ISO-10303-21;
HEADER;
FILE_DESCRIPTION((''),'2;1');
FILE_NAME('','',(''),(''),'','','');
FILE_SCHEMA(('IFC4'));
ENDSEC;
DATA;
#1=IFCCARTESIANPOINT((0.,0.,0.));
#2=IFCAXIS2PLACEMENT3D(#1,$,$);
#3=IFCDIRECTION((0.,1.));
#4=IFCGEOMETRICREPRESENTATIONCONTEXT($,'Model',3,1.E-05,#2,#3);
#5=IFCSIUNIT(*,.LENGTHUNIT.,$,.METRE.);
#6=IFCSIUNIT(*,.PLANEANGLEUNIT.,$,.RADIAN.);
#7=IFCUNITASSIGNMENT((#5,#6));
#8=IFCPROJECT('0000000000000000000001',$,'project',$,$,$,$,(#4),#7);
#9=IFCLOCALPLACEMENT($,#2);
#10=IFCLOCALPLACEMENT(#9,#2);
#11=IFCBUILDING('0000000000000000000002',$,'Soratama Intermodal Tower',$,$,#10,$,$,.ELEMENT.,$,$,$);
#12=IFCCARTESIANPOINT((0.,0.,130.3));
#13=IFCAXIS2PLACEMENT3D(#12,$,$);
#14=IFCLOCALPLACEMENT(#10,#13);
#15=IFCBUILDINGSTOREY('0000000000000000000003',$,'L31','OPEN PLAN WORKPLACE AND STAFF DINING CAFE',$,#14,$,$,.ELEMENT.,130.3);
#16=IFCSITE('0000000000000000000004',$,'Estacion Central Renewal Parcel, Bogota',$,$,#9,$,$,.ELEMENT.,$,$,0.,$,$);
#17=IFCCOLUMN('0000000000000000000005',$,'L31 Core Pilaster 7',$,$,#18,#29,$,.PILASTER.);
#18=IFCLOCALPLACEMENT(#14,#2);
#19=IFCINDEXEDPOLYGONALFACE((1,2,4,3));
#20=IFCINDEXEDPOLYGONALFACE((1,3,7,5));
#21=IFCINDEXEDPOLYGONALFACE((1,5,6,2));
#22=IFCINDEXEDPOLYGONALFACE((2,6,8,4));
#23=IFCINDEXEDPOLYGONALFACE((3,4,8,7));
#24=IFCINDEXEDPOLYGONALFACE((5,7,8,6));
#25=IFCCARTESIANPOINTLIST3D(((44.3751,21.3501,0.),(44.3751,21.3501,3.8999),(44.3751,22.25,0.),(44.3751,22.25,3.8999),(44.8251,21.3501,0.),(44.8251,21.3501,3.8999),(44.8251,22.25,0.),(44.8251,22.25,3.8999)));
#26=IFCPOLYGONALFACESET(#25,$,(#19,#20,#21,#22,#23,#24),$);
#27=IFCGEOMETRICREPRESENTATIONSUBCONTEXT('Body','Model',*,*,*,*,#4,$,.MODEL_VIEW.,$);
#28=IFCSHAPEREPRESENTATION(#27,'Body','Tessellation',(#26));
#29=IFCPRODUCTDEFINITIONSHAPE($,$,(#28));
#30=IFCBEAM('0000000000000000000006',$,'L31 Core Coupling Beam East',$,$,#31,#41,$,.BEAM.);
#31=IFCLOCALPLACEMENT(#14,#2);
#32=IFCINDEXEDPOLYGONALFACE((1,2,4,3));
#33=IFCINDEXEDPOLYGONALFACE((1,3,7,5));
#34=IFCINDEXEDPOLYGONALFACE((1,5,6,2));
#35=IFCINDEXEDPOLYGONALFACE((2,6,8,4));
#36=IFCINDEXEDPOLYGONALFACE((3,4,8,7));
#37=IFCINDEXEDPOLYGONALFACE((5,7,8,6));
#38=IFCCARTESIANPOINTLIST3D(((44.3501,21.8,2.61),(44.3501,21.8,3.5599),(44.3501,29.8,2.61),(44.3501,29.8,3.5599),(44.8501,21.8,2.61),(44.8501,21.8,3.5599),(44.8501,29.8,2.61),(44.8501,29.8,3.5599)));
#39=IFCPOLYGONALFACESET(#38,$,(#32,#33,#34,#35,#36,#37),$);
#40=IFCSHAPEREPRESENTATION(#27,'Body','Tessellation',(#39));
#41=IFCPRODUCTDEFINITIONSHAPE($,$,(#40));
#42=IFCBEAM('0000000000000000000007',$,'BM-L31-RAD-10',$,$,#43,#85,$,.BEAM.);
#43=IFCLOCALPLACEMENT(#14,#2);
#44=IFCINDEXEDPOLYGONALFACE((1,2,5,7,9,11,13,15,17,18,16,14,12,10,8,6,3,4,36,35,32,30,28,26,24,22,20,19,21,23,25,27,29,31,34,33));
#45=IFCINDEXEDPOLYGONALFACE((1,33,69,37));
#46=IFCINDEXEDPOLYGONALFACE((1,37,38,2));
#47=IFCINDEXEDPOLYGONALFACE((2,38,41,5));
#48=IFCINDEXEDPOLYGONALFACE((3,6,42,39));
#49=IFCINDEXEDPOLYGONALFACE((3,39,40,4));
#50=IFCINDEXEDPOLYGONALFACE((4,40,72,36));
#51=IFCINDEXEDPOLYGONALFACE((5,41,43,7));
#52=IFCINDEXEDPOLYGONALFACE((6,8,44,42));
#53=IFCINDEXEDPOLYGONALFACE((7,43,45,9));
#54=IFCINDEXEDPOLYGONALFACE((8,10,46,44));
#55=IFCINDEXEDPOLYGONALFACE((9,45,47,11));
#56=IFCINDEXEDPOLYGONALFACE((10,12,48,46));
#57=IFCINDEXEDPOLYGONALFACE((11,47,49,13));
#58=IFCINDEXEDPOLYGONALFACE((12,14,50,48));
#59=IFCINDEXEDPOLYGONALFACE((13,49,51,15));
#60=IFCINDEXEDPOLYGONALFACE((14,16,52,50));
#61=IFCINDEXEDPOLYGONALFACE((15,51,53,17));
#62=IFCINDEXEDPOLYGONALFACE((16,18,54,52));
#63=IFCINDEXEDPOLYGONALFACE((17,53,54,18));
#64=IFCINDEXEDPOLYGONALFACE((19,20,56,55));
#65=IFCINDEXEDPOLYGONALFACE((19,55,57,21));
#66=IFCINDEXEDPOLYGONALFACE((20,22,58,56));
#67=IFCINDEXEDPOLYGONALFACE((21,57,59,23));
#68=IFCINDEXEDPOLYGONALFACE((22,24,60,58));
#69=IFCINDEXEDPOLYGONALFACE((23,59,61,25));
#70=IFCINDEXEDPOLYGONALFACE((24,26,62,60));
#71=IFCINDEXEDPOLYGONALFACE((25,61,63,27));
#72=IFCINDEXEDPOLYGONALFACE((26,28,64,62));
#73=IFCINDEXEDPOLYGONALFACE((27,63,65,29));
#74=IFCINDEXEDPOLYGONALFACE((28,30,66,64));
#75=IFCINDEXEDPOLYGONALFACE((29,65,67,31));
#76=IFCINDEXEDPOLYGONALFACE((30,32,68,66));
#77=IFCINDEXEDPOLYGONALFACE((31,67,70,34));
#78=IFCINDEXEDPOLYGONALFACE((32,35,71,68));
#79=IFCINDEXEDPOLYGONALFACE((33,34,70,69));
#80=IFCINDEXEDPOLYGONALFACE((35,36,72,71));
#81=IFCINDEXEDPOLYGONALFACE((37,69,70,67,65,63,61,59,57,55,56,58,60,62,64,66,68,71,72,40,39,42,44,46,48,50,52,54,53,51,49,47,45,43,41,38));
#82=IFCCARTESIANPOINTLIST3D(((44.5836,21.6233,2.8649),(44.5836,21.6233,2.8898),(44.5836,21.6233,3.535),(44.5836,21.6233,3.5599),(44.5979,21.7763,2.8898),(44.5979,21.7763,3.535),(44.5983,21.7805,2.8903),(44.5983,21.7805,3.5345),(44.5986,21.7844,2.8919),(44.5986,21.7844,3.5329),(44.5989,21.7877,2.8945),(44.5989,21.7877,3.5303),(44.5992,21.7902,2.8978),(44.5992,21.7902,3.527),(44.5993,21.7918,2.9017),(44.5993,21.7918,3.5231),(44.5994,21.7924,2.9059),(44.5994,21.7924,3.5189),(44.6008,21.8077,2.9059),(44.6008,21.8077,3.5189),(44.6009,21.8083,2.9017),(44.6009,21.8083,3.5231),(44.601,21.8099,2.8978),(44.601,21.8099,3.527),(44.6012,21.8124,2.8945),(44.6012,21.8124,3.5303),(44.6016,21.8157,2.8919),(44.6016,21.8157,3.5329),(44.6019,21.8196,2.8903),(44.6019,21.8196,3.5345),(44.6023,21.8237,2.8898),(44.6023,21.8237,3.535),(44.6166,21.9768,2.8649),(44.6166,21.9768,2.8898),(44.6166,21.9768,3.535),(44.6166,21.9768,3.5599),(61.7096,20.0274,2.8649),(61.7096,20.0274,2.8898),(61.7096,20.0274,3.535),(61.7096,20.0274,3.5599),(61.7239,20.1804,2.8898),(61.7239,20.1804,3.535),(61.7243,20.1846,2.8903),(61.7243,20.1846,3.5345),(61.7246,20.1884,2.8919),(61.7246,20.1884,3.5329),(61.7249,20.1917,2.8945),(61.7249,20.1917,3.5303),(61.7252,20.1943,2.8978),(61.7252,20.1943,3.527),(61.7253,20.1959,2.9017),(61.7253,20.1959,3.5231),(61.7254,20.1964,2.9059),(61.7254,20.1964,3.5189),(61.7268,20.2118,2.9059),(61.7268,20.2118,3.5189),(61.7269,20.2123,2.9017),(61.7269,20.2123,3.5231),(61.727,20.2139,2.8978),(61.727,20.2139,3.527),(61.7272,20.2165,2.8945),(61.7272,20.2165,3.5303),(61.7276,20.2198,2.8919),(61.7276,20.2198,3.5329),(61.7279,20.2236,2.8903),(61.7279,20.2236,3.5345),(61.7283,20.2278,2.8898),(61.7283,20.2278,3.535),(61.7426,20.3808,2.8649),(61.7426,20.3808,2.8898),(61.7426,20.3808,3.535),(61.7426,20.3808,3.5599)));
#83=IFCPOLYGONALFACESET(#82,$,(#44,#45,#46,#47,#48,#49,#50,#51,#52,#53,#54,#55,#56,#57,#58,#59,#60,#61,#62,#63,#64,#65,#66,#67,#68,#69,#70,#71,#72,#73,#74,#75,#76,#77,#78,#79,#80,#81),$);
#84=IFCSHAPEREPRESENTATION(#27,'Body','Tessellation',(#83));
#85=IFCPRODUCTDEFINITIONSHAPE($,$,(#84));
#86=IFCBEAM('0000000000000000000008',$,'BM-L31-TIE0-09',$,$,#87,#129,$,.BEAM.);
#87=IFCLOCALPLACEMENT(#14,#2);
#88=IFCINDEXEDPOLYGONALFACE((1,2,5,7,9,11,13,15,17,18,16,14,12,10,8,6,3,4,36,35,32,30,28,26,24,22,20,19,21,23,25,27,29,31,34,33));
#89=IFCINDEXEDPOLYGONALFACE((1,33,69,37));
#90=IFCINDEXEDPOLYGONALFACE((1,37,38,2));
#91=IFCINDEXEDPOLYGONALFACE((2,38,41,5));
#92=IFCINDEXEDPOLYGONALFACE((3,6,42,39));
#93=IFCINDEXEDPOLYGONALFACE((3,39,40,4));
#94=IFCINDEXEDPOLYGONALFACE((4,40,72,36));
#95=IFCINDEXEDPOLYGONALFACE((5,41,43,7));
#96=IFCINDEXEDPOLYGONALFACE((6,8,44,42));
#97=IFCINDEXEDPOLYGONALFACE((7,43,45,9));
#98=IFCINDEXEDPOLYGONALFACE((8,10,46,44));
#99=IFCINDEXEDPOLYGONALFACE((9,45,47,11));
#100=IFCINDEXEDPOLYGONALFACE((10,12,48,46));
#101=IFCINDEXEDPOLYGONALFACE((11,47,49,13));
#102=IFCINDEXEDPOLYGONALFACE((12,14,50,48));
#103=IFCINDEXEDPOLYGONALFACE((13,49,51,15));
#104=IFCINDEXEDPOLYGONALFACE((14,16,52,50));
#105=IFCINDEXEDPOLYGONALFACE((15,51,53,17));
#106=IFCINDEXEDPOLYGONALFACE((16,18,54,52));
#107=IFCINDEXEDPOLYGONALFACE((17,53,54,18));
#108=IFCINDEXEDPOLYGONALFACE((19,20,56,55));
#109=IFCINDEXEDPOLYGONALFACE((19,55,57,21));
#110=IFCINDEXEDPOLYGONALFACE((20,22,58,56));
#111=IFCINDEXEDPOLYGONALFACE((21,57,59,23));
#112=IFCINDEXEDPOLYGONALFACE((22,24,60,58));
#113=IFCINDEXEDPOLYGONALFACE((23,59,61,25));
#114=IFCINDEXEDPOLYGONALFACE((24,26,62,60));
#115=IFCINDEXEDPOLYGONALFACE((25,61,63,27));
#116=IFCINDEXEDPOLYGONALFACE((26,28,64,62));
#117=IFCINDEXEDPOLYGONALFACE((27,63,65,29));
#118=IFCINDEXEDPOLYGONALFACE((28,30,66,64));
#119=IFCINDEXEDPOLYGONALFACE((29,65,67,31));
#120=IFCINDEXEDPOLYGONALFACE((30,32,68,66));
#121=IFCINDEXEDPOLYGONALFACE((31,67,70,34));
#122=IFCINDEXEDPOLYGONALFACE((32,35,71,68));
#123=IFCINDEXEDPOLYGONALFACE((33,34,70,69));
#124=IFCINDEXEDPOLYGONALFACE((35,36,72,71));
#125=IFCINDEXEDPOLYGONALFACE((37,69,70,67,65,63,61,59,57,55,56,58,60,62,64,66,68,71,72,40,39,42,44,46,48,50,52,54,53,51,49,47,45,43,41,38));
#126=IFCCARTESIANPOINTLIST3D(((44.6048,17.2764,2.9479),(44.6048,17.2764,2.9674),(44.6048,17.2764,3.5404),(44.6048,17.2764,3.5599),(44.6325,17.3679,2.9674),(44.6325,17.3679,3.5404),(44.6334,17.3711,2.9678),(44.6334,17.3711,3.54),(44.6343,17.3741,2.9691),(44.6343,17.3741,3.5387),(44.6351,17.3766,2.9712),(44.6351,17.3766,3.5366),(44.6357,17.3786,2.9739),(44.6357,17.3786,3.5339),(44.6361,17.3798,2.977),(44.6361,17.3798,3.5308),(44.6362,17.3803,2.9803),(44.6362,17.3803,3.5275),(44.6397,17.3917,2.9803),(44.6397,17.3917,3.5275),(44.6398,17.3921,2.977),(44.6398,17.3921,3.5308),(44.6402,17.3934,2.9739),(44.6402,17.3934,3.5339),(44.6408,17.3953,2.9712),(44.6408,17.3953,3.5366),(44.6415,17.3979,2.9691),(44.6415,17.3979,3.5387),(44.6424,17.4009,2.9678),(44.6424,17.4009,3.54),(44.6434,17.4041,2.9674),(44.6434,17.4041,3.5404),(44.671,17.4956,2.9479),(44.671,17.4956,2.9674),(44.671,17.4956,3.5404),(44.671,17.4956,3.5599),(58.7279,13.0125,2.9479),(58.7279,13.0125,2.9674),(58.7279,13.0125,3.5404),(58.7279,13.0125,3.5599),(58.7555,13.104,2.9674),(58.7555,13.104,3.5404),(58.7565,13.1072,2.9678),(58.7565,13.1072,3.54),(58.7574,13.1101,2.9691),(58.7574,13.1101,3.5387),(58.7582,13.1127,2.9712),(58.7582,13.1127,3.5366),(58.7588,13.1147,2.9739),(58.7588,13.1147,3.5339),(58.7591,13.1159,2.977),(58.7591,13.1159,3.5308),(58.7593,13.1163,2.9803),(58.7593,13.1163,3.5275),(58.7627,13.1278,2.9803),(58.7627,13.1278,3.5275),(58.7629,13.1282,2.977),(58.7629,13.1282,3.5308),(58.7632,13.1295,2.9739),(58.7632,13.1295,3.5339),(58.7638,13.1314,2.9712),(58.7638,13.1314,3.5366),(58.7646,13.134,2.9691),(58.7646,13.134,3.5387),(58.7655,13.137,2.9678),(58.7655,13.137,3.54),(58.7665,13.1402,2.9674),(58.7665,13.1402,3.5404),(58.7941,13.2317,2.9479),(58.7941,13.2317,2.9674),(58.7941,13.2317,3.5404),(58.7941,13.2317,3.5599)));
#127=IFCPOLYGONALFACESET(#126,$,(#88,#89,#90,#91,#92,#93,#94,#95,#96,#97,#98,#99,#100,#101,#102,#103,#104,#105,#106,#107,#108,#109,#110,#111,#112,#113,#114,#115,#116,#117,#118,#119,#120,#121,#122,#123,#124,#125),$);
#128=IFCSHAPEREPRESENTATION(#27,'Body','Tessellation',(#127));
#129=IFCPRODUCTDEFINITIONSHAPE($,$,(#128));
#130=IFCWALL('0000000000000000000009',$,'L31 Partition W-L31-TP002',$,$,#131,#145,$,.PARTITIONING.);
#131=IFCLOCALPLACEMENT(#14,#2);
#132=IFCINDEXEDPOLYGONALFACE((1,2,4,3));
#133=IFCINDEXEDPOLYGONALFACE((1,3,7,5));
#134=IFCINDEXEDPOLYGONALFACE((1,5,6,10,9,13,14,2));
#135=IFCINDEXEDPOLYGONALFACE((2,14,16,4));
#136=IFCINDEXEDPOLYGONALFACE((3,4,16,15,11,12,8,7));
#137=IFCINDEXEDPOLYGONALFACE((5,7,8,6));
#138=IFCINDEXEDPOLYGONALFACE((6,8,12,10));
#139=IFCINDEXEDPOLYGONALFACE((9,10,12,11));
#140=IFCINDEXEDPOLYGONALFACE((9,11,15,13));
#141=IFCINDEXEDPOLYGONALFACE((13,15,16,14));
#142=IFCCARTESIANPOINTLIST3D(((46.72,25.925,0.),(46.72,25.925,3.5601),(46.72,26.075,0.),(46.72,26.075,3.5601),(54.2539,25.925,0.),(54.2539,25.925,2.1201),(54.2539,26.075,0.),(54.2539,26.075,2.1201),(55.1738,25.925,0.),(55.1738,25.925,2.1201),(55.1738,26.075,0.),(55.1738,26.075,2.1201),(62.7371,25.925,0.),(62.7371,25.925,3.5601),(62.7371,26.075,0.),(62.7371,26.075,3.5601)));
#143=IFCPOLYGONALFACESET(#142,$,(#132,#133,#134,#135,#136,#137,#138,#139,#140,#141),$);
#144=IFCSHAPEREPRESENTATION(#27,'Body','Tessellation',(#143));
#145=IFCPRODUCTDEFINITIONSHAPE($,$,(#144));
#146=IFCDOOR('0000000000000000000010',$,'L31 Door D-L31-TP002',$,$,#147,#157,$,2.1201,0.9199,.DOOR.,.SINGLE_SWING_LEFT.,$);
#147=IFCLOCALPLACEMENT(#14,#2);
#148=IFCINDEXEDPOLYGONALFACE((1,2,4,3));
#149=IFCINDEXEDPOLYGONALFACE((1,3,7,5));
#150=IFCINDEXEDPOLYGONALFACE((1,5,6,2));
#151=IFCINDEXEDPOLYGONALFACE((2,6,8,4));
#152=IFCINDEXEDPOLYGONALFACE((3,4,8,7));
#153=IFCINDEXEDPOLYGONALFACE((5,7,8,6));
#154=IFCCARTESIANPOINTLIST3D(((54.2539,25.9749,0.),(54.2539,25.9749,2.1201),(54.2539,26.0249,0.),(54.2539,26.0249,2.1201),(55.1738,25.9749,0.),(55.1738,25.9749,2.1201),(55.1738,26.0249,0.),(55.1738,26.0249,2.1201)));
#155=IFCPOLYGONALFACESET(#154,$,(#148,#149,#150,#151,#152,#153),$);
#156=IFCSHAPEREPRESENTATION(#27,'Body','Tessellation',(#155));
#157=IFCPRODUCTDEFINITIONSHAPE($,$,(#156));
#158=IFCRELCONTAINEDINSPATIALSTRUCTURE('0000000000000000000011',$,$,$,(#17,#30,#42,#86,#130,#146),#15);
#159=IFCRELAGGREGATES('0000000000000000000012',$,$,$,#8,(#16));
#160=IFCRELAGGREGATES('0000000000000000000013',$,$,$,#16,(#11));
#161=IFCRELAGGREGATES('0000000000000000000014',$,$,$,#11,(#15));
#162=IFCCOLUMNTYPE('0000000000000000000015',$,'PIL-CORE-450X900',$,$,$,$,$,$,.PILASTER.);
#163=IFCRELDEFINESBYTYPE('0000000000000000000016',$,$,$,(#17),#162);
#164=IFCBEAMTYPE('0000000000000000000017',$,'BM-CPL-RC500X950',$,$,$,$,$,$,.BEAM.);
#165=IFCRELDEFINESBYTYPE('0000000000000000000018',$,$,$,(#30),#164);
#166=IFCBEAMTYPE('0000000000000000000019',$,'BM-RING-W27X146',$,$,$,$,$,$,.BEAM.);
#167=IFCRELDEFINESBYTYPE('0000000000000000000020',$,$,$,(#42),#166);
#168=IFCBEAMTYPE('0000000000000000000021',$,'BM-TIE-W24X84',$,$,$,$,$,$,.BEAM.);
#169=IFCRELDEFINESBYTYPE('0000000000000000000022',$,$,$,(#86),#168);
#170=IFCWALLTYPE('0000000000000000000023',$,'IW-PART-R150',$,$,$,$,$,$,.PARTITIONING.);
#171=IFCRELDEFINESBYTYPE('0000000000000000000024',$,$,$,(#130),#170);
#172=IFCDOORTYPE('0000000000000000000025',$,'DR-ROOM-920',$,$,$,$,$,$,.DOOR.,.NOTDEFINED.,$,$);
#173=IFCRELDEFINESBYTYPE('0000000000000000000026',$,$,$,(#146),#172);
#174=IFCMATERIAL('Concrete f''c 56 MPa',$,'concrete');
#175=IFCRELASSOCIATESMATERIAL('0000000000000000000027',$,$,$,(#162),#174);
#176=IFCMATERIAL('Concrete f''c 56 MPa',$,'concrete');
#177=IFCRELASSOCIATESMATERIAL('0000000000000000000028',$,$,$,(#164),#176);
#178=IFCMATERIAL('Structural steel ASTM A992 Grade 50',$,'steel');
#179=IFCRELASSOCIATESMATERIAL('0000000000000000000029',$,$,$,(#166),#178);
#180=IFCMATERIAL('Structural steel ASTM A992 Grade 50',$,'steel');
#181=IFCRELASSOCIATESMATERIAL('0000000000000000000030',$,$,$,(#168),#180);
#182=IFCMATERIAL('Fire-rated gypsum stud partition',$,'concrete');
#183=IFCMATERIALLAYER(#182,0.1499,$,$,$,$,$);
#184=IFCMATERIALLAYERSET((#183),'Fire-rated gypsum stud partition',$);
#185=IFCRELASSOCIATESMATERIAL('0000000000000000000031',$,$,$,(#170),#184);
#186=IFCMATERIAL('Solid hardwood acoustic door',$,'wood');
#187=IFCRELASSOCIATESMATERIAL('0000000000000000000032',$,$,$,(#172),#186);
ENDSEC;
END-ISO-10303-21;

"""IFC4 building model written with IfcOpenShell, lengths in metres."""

from ifc_helpers import new_model, si_unit, direction, frame, frame_2d, origin, origin_2d, place, context, subcontext, project, spatial, rectangle, i_section, extrude, material, layer, layer_set, material_profile, profile_set, type_object, element, fill, save


model = new_model("IFC4")

# Units and contexts
model_context = context("Model", 3, precision=1e-05, world=origin(), true_north=direction((0.0, 1.0)))
body_context = subcontext(model_context, "Body", "Model", "MODEL_VIEW")
ifc_project = project(units=[si_unit("LENGTHUNIT", "METRE"), si_unit("PLANEANGLEUNIT", "RADIAN")], contexts=[model_context])

# Site, building, storey
site_placement = place(None, origin())
site = spatial("IfcSite", under=ifc_project, at=site_placement, Name="Estacion Central Renewal Parcel, Bogota", CompositionType="ELEMENT", RefElevation=0.0)
building_placement = place(site_placement, origin())
building = spatial("IfcBuilding", under=site, at=building_placement, Name="Soratama Intermodal Tower", CompositionType="ELEMENT")
storey_placement = place(building_placement, frame((0.0, 0.0, 130.3)))
storey = spatial("IfcBuildingStorey", under=building, at=storey_placement, Name="L31", Description="OPEN PLAN WORKPLACE AND STAFF DINING CAFE", CompositionType="ELEMENT", Elevation=130.3)

# Column
ifc_material_1 = material(Name="Concrete f'c 56 MPa", Category="concrete")
ifc_material_profile_1 = material_profile(ifc_material_1, rectangle(XDim=0.45, YDim=0.8999, at=origin_2d()), Name="RC450X900")
ifc_profile_set_1 = profile_set([ifc_material_profile_1], Name="Concrete f'c 56 MPa")
column_type = type_object("IfcColumnType", Name="PIL-CORE-450X900", PredefinedType="PILASTER", material=ifc_profile_set_1)
column_placement = place(storey_placement, frame((44.6001, 21.8, 0.0), z_axis=(0.0, 0.0, 1.0), x_axis=(1.0, 0.0, 0.0)))
element("IfcColumn", 1, at=column_placement, inside=storey, type_object=column_type, Name="L31 Core Pilaster 7", PredefinedType="PILASTER", context=body_context, shape_type="SweptSolid", body=[
    extrude(rectangle(XDim=0.45, YDim=0.8999, at=origin_2d()), origin(), (0.0, 0.0, 1.0), 3.8999),
])

# Beams
ifc_material_2 = material(Name="Concrete f'c 56 MPa", Category="concrete")
ifc_material_profile_2 = material_profile(ifc_material_2, rectangle(XDim=0.5, YDim=0.95, at=origin_2d()), Name="RC500X950")
ifc_profile_set_2 = profile_set([ifc_material_profile_2], Name="Concrete f'c 56 MPa")
beam_type_1 = type_object("IfcBeamType", Name="BM-CPL-RC500X950", PredefinedType="BEAM", material=ifc_profile_set_2)
beam_1_placement = place(storey_placement, frame((44.6001, 21.8, 3.085), z_axis=(0.0, 1.0, 0.0), x_axis=(-1.0, 0.0, 0.0)))
element("IfcBeam", 2, at=beam_1_placement, inside=storey, type_object=beam_type_1, Name="L31 Core Coupling Beam East", PredefinedType="BEAM", context=body_context, shape_type="SweptSolid", body=[
    extrude(rectangle(XDim=0.5, YDim=0.95, at=origin_2d()), origin(), (0.0, 0.0, 1.0), 8.0),
])
ifc_material_3 = material(Name="Structural steel ASTM A992 Grade 50", Category="steel")
ifc_material_profile_3 = material_profile(ifc_material_3, i_section(OverallWidth=0.355, OverallDepth=0.6951, WebThickness=0.0154, FlangeThickness=0.0249, FilletRadius=0.0161, at=origin_2d()), Name="W27X146")
ifc_profile_set_3 = profile_set([ifc_material_profile_3], Name="Structural steel ASTM A992 Grade 50")
beam_type_2 = type_object("IfcBeamType", Name="BM-RING-W27X146", PredefinedType="BEAM", material=ifc_profile_set_3)
beam_2_placement = place(storey_placement, frame((44.6001, 21.8, 3.2124), z_axis=(0.995686, -0.092787, 0.0), x_axis=(0.092787, 0.995686, 0.0)))
element("IfcBeam", 3, at=beam_2_placement, inside=storey, type_object=beam_type_2, Name="BM-L31-RAD-10", PredefinedType="BEAM", context=body_context, shape_type="SweptSolid", body=[
    extrude(i_section(OverallWidth=0.355, OverallDepth=0.6951, WebThickness=0.0154, FlangeThickness=0.0249, FilletRadius=0.0161, at=origin_2d()), origin(), (0.0, 0.0, 1.0), 17.2002),
])
ifc_material_4 = material(Name="Structural steel ASTM A992 Grade 50", Category="steel")
ifc_material_profile_4 = material_profile(ifc_material_4, i_section(OverallWidth=0.229, OverallDepth=0.6121, WebThickness=0.012, FlangeThickness=0.0195, FilletRadius=0.0129, at=origin_2d()), Name="W24X84")
ifc_profile_set_4 = profile_set([ifc_material_profile_4], Name="Structural steel ASTM A992 Grade 50")
beam_type_3 = type_object("IfcBeamType", Name="BM-TIE-W24X84", PredefinedType="BEAM", material=ifc_profile_set_4)
beam_3_placement = place(storey_placement, frame((44.6379, 17.386, 3.2539), z_axis=(0.957321, -0.289027, 0.0), x_axis=(0.289027, 0.957321, 0.0)))
element("IfcBeam", 4, at=beam_3_placement, inside=storey, type_object=beam_type_3, Name="BM-L31-TIE0-09", PredefinedType="BEAM", context=body_context, shape_type="SweptSolid", body=[
    extrude(i_section(OverallWidth=0.229, OverallDepth=0.6121, WebThickness=0.012, FlangeThickness=0.0195, FilletRadius=0.0129, at=origin_2d()), origin(), (0.0, 0.0, 1.0), 14.7527),
])

# Wall, opening, door
ifc_material_5 = material(Name="Fire-rated gypsum stud partition", Category="concrete")
ifc_layer_1 = layer(ifc_material_5, 0.1499)
ifc_layer_set_1 = layer_set([ifc_layer_1], Name="Fire-rated gypsum stud partition")
wall_type_1 = type_object("IfcWallType", Name="IW-PART-R150", PredefinedType="PARTITIONING", material=ifc_layer_set_1)
wall_1_placement = place(storey_placement, frame((46.72, 26.0, 0.0), z_axis=(0.0, 0.0, 1.0), x_axis=(1.0, 0.0, 0.0)))
wall_1 = element("IfcWall", 5, at=wall_1_placement, inside=storey, type_object=wall_type_1, Name="L31 Partition W-L31-TP002", PredefinedType="PARTITIONING", context=body_context, shape_type="SweptSolid", body=[
    extrude(rectangle(XDim=16.0171, YDim=0.1499, at=frame_2d((8.0085, 0.0))), origin(), (0.0, 0.0, 1.0), 3.5601),
])
opening_1_placement = place(wall_1_placement, frame((7.5339, 0.0, 0.0)))
opening_1 = element("IfcOpeningElement", 6, at=opening_1_placement, cuts=wall_1, PredefinedType="OPENING", context=body_context, shape_type="SweptSolid", body=[
    extrude(rectangle(XDim=0.9199, YDim=2.1201, at=frame_2d((0.46, 1.0601))), frame((0.0, 0.085, 0.0), z_axis=(0.0, -1.0, 0.0), x_axis=(1.0, 0.0, 0.0)), (0.0, 0.0, 1.0), 0.1699),
])
ifc_material_6 = material(Name="Solid hardwood acoustic door", Category="wood")
door_type_1 = type_object("IfcDoorType", Name="DR-ROOM-920", OperationType="NOTDEFINED", PredefinedType="DOOR", material=ifc_material_6)
door_1_placement = place(opening_1_placement, origin())
door_1 = element("IfcDoor", 7, at=door_1_placement, inside=storey, type_object=door_type_1, Name="L31 Door D-L31-TP002", OperationType="SINGLE_SWING_LEFT", OverallHeight=2.1201, OverallWidth=0.9199, PredefinedType="DOOR", context=body_context, shape_type="SweptSolid", body=[
    extrude(rectangle(XDim=0.9199, YDim=2.1201, at=frame_2d((0.46, 1.0601))), frame((0.0, 0.0249, 0.0), z_axis=(0.0, -1.0, 0.0), x_axis=(1.0, 0.0, 0.0)), (0.0, 0.0, 1.0), 0.05),
])
fill(opening_1, door_1)

save(model, "model.ifc")
